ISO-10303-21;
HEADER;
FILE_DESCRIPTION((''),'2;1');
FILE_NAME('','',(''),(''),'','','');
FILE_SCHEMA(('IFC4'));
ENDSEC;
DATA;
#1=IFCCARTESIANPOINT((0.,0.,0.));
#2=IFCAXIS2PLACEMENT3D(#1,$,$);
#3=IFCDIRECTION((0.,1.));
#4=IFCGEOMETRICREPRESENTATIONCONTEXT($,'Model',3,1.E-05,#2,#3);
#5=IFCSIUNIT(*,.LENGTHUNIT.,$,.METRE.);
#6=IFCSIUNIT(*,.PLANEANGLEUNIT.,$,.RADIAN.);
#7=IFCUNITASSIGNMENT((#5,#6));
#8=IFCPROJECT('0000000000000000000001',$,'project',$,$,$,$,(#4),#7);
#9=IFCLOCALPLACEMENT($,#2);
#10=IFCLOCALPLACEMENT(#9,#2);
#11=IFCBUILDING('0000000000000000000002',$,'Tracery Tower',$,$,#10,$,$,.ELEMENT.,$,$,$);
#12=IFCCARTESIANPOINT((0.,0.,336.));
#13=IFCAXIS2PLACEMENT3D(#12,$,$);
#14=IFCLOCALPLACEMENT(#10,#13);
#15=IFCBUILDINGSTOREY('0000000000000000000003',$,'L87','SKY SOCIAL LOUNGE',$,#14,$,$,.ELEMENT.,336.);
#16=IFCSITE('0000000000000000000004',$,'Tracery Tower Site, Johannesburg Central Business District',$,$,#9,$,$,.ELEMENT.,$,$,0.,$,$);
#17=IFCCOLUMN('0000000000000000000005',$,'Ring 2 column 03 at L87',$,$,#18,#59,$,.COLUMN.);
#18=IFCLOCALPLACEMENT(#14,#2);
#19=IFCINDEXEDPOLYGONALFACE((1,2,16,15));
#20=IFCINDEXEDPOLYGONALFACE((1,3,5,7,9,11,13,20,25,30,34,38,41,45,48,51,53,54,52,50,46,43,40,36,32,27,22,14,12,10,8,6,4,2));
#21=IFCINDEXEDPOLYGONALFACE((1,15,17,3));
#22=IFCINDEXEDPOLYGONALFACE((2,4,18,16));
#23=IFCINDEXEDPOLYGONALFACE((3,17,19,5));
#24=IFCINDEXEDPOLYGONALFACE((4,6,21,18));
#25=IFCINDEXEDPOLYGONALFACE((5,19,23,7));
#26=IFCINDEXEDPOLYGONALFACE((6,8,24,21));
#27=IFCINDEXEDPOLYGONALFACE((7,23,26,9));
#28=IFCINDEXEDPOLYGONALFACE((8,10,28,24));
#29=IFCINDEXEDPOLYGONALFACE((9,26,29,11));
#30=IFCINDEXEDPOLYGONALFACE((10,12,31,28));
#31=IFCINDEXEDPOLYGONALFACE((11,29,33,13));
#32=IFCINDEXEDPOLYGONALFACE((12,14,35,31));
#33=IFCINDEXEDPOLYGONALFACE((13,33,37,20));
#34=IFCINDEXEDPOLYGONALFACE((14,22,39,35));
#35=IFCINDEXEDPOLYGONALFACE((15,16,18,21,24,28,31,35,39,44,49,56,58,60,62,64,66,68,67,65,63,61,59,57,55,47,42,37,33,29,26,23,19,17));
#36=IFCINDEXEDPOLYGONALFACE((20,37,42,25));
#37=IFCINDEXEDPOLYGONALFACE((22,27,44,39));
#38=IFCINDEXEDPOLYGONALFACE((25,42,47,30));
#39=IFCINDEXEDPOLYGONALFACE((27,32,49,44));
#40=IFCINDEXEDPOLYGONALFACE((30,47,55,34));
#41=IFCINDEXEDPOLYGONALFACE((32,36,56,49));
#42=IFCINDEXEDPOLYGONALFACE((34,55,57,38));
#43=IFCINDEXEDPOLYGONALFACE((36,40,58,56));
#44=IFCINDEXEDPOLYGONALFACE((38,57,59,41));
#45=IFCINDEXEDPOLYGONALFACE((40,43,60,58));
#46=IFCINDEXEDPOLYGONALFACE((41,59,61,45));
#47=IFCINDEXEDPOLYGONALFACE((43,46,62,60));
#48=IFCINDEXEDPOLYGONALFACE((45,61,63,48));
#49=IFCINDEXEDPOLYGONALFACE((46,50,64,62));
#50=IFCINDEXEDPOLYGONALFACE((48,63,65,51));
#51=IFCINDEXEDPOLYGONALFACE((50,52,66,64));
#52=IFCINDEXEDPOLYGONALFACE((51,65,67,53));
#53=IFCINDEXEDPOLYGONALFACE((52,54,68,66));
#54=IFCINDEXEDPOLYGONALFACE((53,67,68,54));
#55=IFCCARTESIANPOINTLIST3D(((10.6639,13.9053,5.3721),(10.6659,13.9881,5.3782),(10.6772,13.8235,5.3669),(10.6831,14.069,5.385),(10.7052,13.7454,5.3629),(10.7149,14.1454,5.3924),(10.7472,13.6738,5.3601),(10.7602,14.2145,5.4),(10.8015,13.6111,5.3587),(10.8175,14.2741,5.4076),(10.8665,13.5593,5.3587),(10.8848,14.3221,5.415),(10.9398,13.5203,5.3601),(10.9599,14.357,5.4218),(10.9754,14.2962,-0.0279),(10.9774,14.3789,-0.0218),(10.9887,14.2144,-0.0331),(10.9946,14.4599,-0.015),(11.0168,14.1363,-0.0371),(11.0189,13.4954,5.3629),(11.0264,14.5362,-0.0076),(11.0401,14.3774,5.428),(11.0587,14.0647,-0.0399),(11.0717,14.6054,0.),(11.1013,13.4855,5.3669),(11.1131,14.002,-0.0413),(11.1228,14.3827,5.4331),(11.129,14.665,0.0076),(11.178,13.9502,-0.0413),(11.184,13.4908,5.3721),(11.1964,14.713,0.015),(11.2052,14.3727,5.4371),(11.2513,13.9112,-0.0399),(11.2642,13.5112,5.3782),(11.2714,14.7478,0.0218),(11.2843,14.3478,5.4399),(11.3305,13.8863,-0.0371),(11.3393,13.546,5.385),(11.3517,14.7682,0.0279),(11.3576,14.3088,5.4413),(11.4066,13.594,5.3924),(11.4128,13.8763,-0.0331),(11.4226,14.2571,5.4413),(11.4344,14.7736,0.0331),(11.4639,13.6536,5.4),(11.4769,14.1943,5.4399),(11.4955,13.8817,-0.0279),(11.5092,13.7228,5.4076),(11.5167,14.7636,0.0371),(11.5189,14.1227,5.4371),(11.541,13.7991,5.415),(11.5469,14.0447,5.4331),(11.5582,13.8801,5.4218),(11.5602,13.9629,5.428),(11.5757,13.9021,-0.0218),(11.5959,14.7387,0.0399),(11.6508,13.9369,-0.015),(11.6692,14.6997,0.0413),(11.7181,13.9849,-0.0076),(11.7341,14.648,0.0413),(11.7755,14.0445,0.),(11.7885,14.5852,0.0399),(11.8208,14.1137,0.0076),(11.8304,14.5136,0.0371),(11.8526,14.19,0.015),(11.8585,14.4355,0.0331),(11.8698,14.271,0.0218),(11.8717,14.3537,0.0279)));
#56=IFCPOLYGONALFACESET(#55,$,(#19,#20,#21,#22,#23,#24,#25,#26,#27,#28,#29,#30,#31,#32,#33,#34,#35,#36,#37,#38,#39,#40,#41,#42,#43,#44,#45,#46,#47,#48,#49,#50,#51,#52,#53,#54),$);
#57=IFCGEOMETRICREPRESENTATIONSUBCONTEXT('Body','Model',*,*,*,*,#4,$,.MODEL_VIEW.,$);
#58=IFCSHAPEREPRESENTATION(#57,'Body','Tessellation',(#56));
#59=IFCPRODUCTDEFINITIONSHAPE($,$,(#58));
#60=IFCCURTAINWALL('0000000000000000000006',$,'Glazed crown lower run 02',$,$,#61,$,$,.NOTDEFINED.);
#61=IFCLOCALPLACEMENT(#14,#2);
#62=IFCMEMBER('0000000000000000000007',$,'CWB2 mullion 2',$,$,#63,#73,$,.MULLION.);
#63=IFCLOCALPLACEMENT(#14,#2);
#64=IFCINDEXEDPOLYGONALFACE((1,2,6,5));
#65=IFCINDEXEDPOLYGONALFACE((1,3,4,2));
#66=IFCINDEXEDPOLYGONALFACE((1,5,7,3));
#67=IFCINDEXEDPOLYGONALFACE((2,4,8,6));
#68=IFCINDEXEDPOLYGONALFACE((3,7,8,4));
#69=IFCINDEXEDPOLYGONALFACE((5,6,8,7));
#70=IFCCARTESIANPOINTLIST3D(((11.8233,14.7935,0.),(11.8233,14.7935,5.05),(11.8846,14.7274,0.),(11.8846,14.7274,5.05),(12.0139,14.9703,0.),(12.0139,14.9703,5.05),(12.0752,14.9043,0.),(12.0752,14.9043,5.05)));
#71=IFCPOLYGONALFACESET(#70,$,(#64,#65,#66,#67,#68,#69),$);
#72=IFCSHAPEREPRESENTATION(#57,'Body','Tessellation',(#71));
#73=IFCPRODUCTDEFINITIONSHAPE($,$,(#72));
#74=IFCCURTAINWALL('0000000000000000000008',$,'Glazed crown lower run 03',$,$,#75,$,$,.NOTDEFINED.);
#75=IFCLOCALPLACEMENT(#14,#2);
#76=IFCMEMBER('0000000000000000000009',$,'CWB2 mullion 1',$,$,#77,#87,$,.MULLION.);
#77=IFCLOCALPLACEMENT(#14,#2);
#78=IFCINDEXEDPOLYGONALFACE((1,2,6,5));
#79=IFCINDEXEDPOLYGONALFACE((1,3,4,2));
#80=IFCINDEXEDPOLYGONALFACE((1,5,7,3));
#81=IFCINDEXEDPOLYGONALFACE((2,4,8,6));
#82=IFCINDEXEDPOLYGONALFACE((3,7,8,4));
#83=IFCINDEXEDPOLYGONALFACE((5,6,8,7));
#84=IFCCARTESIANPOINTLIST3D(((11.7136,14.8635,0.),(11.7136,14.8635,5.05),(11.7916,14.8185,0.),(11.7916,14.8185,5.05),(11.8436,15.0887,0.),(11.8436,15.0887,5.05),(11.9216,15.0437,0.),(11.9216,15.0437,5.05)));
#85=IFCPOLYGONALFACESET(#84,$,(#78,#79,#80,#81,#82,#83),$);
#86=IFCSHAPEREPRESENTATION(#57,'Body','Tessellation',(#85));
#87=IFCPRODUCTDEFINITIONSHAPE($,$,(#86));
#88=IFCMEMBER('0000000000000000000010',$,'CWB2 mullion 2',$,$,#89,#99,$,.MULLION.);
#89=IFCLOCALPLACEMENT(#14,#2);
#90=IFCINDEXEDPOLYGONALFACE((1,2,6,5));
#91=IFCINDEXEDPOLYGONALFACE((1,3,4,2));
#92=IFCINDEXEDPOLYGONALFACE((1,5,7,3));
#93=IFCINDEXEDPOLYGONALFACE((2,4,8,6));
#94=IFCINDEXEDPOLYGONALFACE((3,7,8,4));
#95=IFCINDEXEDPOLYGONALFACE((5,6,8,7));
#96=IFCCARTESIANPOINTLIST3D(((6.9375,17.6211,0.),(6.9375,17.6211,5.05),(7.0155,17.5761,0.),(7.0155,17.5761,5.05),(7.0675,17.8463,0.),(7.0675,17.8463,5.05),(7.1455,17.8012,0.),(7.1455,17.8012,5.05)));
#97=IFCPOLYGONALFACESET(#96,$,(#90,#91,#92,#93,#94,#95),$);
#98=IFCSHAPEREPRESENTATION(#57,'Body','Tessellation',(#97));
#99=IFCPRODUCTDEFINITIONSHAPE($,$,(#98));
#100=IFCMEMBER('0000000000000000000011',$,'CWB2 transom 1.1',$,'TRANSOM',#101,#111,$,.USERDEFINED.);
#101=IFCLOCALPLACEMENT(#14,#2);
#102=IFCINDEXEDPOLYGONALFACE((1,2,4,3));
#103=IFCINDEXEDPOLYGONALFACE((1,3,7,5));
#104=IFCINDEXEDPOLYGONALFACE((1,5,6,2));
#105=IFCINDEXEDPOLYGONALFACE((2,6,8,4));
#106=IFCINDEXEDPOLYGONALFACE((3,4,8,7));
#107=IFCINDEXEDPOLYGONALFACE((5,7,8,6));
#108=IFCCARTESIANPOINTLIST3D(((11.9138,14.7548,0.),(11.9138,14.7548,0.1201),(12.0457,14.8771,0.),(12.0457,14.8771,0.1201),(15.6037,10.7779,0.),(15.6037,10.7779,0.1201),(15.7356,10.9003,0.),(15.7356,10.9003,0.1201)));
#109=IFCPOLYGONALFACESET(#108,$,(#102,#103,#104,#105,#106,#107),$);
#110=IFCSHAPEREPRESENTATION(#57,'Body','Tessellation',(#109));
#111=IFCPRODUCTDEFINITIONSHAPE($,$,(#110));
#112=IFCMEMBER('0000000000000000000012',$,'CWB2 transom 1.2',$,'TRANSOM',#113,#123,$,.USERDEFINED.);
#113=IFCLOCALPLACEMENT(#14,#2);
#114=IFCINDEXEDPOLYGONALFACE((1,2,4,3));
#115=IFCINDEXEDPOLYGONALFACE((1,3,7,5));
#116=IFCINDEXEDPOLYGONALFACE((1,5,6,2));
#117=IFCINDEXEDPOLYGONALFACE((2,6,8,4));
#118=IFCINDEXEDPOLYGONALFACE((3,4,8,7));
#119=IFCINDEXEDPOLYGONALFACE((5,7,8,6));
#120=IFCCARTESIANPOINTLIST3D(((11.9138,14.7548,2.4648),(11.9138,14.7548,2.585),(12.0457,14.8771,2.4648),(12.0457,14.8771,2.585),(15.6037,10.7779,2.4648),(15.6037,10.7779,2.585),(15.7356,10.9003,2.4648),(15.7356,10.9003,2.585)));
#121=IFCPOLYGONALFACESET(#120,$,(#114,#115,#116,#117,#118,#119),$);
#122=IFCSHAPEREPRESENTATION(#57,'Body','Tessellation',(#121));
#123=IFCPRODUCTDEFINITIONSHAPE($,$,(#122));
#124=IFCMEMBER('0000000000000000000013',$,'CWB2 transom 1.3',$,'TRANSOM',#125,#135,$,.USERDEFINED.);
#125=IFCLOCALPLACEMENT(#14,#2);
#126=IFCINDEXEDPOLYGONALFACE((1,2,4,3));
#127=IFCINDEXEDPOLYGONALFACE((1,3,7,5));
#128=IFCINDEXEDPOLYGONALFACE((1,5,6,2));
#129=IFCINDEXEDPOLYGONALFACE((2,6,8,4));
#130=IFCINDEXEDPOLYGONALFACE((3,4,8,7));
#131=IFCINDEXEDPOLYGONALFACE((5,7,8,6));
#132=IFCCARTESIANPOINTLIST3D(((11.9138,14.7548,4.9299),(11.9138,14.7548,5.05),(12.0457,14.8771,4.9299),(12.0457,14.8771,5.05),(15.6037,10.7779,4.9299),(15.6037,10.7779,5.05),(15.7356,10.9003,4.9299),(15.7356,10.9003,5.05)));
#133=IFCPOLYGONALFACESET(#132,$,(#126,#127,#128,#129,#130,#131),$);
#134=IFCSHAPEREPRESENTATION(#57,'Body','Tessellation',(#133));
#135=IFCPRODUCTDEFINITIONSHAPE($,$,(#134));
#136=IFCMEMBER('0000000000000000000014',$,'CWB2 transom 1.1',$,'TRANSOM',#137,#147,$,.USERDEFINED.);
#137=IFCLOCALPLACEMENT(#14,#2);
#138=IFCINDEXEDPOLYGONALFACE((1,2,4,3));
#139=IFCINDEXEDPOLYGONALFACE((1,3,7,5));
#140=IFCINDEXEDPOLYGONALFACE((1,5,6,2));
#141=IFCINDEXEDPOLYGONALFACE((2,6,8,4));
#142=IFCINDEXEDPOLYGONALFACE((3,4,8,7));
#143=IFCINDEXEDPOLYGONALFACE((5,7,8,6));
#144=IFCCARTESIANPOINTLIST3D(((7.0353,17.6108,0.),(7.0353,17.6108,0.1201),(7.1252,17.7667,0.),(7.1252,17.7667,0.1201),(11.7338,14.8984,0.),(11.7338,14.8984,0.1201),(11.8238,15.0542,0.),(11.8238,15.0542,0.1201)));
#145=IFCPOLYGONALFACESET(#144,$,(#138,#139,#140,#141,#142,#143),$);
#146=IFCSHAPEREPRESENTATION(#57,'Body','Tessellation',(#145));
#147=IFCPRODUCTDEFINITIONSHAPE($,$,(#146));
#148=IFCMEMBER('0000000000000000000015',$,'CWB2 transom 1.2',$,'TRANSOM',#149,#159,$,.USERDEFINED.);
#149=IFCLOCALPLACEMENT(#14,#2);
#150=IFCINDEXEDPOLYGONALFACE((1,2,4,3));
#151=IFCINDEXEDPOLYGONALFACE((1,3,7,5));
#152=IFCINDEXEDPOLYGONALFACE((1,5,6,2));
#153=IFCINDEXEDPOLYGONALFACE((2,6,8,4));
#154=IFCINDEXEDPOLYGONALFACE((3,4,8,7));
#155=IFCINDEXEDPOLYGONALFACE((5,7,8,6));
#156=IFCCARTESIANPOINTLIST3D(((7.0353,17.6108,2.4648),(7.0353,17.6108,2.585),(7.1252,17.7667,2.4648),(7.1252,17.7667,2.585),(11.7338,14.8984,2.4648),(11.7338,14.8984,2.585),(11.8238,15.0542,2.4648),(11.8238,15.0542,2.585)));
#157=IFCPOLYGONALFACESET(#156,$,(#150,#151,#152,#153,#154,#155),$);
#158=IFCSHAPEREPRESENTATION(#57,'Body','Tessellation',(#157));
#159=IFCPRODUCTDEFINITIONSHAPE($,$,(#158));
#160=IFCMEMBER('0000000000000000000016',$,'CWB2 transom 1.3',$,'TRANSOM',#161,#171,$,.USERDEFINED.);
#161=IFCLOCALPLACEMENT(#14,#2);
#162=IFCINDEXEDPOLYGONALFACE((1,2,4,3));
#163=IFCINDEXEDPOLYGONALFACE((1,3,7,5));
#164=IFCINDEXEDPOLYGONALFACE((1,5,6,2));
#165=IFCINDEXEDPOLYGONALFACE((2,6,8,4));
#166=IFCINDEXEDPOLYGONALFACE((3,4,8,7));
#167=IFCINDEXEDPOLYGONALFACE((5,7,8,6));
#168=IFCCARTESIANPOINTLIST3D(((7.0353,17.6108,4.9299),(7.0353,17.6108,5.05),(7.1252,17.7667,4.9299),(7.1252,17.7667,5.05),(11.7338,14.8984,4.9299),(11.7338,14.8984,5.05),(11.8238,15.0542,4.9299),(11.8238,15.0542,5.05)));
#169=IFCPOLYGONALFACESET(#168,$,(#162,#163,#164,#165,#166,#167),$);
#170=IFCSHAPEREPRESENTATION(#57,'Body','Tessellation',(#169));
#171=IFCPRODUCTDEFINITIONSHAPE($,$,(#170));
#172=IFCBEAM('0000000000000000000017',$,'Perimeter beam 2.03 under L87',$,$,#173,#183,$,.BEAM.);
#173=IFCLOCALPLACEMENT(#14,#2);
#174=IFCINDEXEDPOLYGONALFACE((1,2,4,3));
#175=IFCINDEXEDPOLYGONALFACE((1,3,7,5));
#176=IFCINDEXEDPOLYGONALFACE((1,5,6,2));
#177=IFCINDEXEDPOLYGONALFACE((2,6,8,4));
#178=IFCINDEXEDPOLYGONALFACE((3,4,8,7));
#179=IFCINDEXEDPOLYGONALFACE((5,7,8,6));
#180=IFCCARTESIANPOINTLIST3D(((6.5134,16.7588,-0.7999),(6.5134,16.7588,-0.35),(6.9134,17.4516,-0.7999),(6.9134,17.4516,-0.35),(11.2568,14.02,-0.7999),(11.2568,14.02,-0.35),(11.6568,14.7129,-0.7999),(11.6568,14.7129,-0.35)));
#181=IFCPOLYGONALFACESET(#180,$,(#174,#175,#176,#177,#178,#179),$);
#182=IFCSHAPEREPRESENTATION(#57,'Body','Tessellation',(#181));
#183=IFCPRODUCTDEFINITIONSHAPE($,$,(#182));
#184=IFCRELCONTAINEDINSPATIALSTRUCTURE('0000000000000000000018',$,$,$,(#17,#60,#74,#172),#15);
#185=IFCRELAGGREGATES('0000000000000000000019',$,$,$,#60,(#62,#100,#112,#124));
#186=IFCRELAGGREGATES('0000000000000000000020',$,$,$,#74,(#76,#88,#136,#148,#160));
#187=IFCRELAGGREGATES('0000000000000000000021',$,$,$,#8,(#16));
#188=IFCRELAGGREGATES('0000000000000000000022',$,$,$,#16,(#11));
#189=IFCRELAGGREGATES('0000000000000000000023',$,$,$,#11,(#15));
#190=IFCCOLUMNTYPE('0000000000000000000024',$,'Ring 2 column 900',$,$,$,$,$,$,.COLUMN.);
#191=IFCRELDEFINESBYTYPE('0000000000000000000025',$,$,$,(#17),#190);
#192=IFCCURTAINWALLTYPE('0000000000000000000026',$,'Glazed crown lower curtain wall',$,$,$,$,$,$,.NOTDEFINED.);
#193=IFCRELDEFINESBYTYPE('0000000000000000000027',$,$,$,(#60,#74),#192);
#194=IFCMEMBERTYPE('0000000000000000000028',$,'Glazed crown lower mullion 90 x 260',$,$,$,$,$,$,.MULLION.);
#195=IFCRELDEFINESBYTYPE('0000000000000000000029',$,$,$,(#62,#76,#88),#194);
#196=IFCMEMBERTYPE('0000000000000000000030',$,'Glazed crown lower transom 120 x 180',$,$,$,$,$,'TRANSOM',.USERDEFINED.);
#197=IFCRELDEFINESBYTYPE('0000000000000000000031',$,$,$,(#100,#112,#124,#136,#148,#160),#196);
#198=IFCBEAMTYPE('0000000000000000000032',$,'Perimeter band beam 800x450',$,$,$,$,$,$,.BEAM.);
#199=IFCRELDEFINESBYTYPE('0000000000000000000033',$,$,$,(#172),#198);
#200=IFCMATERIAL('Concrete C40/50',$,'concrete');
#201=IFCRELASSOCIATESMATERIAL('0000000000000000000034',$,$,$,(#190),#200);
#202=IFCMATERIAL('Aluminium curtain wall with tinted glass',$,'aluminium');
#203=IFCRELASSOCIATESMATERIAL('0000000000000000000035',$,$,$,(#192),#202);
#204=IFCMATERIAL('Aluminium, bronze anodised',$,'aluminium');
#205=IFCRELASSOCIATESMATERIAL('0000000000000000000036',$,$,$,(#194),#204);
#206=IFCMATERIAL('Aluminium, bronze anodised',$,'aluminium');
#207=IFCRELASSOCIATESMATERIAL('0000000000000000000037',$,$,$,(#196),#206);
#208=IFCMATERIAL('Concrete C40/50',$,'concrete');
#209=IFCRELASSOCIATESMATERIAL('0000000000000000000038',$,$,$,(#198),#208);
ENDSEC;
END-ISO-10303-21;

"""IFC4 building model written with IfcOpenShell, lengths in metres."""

from ifc_helpers import new_model, si_unit, direction, frame, origin, origin_2d, place, context, subcontext, project, spatial, rectangle, circle, extrude, material, material_profile, profile_set, type_object, element, aggregate, save


model = new_model("IFC4")

# Units and contexts
model_context = context("Model", 3, precision=1e-05, world=origin(), true_north=direction((0.0, 1.0)))
body_context = subcontext(model_context, "Body", "Model", "MODEL_VIEW")
ifc_project = project(units=[si_unit("LENGTHUNIT", "METRE"), si_unit("PLANEANGLEUNIT", "RADIAN")], contexts=[model_context])

# Site, building, storey
site_placement = place(None, origin())
site = spatial("IfcSite", under=ifc_project, at=site_placement, Name="Tracery Tower Site, Johannesburg Central Business District", CompositionType="ELEMENT", RefElevation=0.0)
building_placement = place(site_placement, origin())
building = spatial("IfcBuilding", under=site, at=building_placement, Name="Tracery Tower", CompositionType="ELEMENT")
storey_placement = place(building_placement, frame((0.0, 0.0, 336.0)))
storey = spatial("IfcBuildingStorey", under=building, at=storey_placement, Name="L87", Description="SKY SOCIAL LOUNGE", CompositionType="ELEMENT", Elevation=336.0)

# Column
ifc_material_1 = material(Name="Concrete C40/50", Category="concrete")
ifc_material_profile_1 = material_profile(ifc_material_1, circle(Radius=0.45, at=origin_2d()), Name="RC D900")
ifc_profile_set_1 = profile_set([ifc_material_profile_1], Name="Concrete C40/50")
column_type = type_object("IfcColumnType", Name="Ring 2 column 900", PredefinedType="COLUMN", material=ifc_profile_set_1)
column_placement = place(storey_placement, frame((11.4236, 14.325, 0.0), z_axis=(-0.057445, -0.072076, 0.995743), x_axis=(0.782011, -0.623264, 0.0)))
element("IfcColumn", 1, at=column_placement, inside=storey, type_object=column_type, Name="Ring 2 column 03 at L87", PredefinedType="COLUMN", context=body_context, shape_type="SweptSolid", body=[
    extrude(circle(Radius=0.45, at=origin_2d()), origin(), (0.0, 0.0, 1.0), 5.4231),
])

# Curtain wall, member
ifc_material_2 = material(Name="Aluminium curtain wall with tinted glass", Category="aluminium")
curtain_wall_type = type_object("IfcCurtainWallType", Name="Glazed crown lower curtain wall", PredefinedType="NOTDEFINED", material=ifc_material_2)
curtain_wall_1_placement = place(storey_placement, origin())
curtain_wall_1 = element("IfcCurtainWall", 2, at=curtain_wall_1_placement, inside=storey, type_object=curtain_wall_type, Name="Glazed crown lower run 02", PredefinedType="NOTDEFINED")
ifc_material_3 = material(Name="Aluminium, bronze anodised", Category="aluminium")
ifc_material_profile_2 = material_profile(ifc_material_3, rectangle(XDim=0.26, YDim=0.0901, at=origin_2d()), Name="Glazed crown lower mullion 90 x 260")
ifc_profile_set_2 = profile_set([ifc_material_profile_2], Name="Aluminium, bronze anodised")
member_type_1 = type_object("IfcMemberType", Name="Glazed crown lower mullion 90 x 260", PredefinedType="MULLION", material=ifc_profile_set_2)
member_1_placement = place(storey_placement, frame((11.9492, 14.8489, 0.0), z_axis=(0.0, 0.0, 1.0), x_axis=(-0.733044, -0.680181, 0.0)))
member_1 = element("IfcMember", 3, at=member_1_placement, type_object=member_type_1, Name="CWB2 mullion 2", PredefinedType="MULLION", context=body_context, shape_type="SweptSolid", body=[
    extrude(rectangle(XDim=0.26, YDim=0.0901, at=origin_2d()), origin(), (0.0, 0.0, 1.0), 5.05),
])

# Curtain wall, members
curtain_wall_2_placement = place(storey_placement, origin())
curtain_wall_2 = element("IfcCurtainWall", 4, at=curtain_wall_2_placement, inside=storey, type_object=curtain_wall_type, Name="Glazed crown lower run 03", PredefinedType="NOTDEFINED")
member_2_placement = place(storey_placement, frame((11.8176, 14.9536, 0.0), z_axis=(0.0, 0.0, 1.0), x_axis=(-0.500004, -0.866023, 0.0)))
member_2 = element("IfcMember", 5, at=member_2_placement, type_object=member_type_1, Name="CWB2 mullion 1", PredefinedType="MULLION", context=body_context, shape_type="SweptSolid", body=[
    extrude(rectangle(XDim=0.26, YDim=0.0901, at=origin_2d()), origin(), (0.0, 0.0, 1.0), 5.05),
])
member_3_placement = place(storey_placement, frame((7.0415, 17.7112, 0.0), z_axis=(0.0, 0.0, 1.0), x_axis=(-0.500004, -0.866023, 0.0)))
member_3 = element("IfcMember", 6, at=member_3_placement, type_object=member_type_1, Name="CWB2 mullion 2", PredefinedType="MULLION", context=body_context, shape_type="SweptSolid", body=[
    extrude(rectangle(XDim=0.26, YDim=0.0901, at=origin_2d()), origin(), (0.0, 0.0, 1.0), 5.05),
])

# Members
ifc_material_4 = material(Name="Aluminium, bronze anodised", Category="aluminium")
ifc_material_profile_3 = material_profile(ifc_material_4, rectangle(XDim=0.1799, YDim=0.1201, at=origin_2d()), Name="Glazed crown lower transom 120 x 180")
ifc_profile_set_3 = profile_set([ifc_material_profile_3], Name="Aluminium, bronze anodised")
member_type_2 = type_object("IfcMemberType", Name="Glazed crown lower transom 120 x 180", ElementType="TRANSOM", PredefinedType="USERDEFINED", material=ifc_profile_set_3)
member_4_placement = place(storey_placement, frame((15.6697, 10.8391, 0.0601), z_axis=(-0.680173, 0.733051, 0.0), x_axis=(-0.733051, -0.680173, 0.0)))
member_4 = element("IfcMember", 7, at=member_4_placement, type_object=member_type_2, Name="CWB2 transom 1.1", ObjectType="TRANSOM", PredefinedType="USERDEFINED", context=body_context, shape_type="SweptSolid", body=[
    extrude(rectangle(XDim=0.1799, YDim=0.1201, at=origin_2d()), origin(), (0.0, 0.0, 1.0), 5.425),
])
member_5_placement = place(storey_placement, frame((15.6697, 10.8391, 2.5249), z_axis=(-0.680173, 0.733051, 0.0), x_axis=(-0.733051, -0.680173, 0.0)))
member_5 = element("IfcMember", 8, at=member_5_placement, type_object=member_type_2, Name="CWB2 transom 1.2", ObjectType="TRANSOM", PredefinedType="USERDEFINED", context=body_context, shape_type="SweptSolid", body=[
    extrude(rectangle(XDim=0.1799, YDim=0.1201, at=origin_2d()), origin(), (0.0, 0.0, 1.0), 5.425),
])
member_6_placement = place(storey_placement, frame((15.6697, 10.8391, 4.99), z_axis=(-0.680173, 0.733051, 0.0), x_axis=(-0.733051, -0.680173, 0.0)))
member_6 = element("IfcMember", 9, at=member_6_placement, type_object=member_type_2, Name="CWB2 transom 1.3", ObjectType="TRANSOM", PredefinedType="USERDEFINED", context=body_context, shape_type="SweptSolid", body=[
    extrude(rectangle(XDim=0.1799, YDim=0.1201, at=origin_2d()), origin(), (0.0, 0.0, 1.0), 5.425),
])
member_7_placement = place(storey_placement, frame((11.7788, 14.9763, 0.0601), z_axis=(-0.866047, 0.499963, 0.0), x_axis=(-0.499963, -0.866047, 0.0)))
member_7 = element("IfcMember", 10, at=member_7_placement, type_object=member_type_2, Name="CWB2 transom 1.1", ObjectType="TRANSOM", PredefinedType="USERDEFINED", context=body_context, shape_type="SweptSolid", body=[
    extrude(rectangle(XDim=0.1799, YDim=0.1201, at=origin_2d()), origin(), (0.0, 0.0, 1.0), 5.4253),
])
member_8_placement = place(storey_placement, frame((11.7788, 14.9763, 2.5249), z_axis=(-0.866047, 0.499963, 0.0), x_axis=(-0.499963, -0.866047, 0.0)))
member_8 = element("IfcMember", 11, at=member_8_placement, type_object=member_type_2, Name="CWB2 transom 1.2", ObjectType="TRANSOM", PredefinedType="USERDEFINED", context=body_context, shape_type="SweptSolid", body=[
    extrude(rectangle(XDim=0.1799, YDim=0.1201, at=origin_2d()), origin(), (0.0, 0.0, 1.0), 5.4253),
])
member_9_placement = place(storey_placement, frame((11.7788, 14.9763, 4.99), z_axis=(-0.866047, 0.499963, 0.0), x_axis=(-0.499963, -0.866047, 0.0)))
member_9 = element("IfcMember", 12, at=member_9_placement, type_object=member_type_2, Name="CWB2 transom 1.3", ObjectType="TRANSOM", PredefinedType="USERDEFINED", context=body_context, shape_type="SweptSolid", body=[
    extrude(rectangle(XDim=0.1799, YDim=0.1201, at=origin_2d()), origin(), (0.0, 0.0, 1.0), 5.4253),
])

# Beam
ifc_material_5 = material(Name="Concrete C40/50", Category="concrete")
ifc_material_profile_4 = material_profile(ifc_material_5, rectangle(XDim=0.8, YDim=0.45, at=origin_2d()), Name="RC 800x450")
ifc_profile_set_4 = profile_set([ifc_material_profile_4], Name="Concrete C40/50")
beam_type = type_object("IfcBeamType", Name="Perimeter band beam 800x450", PredefinedType="BEAM", material=ifc_profile_set_4)
beam_placement = place(storey_placement, frame((11.4568, 14.3665, -0.575), z_axis=(-0.866013, 0.500022, 0.0), x_axis=(-0.500022, -0.866013, 0.0)))
element("IfcBeam", 13, at=beam_placement, inside=storey, type_object=beam_type, Name="Perimeter beam 2.03 under L87", PredefinedType="BEAM", context=body_context, shape_type="SweptSolid", body=[
    extrude(rectangle(XDim=0.8, YDim=0.45, at=origin_2d()), origin(), (0.0, 0.0, 1.0), 5.4773),
])

aggregate(curtain_wall_1, [member_1, member_4, member_5, member_6])
aggregate(curtain_wall_2, [member_2, member_3, member_7, member_8, member_9])

save(model, "model.ifc")
